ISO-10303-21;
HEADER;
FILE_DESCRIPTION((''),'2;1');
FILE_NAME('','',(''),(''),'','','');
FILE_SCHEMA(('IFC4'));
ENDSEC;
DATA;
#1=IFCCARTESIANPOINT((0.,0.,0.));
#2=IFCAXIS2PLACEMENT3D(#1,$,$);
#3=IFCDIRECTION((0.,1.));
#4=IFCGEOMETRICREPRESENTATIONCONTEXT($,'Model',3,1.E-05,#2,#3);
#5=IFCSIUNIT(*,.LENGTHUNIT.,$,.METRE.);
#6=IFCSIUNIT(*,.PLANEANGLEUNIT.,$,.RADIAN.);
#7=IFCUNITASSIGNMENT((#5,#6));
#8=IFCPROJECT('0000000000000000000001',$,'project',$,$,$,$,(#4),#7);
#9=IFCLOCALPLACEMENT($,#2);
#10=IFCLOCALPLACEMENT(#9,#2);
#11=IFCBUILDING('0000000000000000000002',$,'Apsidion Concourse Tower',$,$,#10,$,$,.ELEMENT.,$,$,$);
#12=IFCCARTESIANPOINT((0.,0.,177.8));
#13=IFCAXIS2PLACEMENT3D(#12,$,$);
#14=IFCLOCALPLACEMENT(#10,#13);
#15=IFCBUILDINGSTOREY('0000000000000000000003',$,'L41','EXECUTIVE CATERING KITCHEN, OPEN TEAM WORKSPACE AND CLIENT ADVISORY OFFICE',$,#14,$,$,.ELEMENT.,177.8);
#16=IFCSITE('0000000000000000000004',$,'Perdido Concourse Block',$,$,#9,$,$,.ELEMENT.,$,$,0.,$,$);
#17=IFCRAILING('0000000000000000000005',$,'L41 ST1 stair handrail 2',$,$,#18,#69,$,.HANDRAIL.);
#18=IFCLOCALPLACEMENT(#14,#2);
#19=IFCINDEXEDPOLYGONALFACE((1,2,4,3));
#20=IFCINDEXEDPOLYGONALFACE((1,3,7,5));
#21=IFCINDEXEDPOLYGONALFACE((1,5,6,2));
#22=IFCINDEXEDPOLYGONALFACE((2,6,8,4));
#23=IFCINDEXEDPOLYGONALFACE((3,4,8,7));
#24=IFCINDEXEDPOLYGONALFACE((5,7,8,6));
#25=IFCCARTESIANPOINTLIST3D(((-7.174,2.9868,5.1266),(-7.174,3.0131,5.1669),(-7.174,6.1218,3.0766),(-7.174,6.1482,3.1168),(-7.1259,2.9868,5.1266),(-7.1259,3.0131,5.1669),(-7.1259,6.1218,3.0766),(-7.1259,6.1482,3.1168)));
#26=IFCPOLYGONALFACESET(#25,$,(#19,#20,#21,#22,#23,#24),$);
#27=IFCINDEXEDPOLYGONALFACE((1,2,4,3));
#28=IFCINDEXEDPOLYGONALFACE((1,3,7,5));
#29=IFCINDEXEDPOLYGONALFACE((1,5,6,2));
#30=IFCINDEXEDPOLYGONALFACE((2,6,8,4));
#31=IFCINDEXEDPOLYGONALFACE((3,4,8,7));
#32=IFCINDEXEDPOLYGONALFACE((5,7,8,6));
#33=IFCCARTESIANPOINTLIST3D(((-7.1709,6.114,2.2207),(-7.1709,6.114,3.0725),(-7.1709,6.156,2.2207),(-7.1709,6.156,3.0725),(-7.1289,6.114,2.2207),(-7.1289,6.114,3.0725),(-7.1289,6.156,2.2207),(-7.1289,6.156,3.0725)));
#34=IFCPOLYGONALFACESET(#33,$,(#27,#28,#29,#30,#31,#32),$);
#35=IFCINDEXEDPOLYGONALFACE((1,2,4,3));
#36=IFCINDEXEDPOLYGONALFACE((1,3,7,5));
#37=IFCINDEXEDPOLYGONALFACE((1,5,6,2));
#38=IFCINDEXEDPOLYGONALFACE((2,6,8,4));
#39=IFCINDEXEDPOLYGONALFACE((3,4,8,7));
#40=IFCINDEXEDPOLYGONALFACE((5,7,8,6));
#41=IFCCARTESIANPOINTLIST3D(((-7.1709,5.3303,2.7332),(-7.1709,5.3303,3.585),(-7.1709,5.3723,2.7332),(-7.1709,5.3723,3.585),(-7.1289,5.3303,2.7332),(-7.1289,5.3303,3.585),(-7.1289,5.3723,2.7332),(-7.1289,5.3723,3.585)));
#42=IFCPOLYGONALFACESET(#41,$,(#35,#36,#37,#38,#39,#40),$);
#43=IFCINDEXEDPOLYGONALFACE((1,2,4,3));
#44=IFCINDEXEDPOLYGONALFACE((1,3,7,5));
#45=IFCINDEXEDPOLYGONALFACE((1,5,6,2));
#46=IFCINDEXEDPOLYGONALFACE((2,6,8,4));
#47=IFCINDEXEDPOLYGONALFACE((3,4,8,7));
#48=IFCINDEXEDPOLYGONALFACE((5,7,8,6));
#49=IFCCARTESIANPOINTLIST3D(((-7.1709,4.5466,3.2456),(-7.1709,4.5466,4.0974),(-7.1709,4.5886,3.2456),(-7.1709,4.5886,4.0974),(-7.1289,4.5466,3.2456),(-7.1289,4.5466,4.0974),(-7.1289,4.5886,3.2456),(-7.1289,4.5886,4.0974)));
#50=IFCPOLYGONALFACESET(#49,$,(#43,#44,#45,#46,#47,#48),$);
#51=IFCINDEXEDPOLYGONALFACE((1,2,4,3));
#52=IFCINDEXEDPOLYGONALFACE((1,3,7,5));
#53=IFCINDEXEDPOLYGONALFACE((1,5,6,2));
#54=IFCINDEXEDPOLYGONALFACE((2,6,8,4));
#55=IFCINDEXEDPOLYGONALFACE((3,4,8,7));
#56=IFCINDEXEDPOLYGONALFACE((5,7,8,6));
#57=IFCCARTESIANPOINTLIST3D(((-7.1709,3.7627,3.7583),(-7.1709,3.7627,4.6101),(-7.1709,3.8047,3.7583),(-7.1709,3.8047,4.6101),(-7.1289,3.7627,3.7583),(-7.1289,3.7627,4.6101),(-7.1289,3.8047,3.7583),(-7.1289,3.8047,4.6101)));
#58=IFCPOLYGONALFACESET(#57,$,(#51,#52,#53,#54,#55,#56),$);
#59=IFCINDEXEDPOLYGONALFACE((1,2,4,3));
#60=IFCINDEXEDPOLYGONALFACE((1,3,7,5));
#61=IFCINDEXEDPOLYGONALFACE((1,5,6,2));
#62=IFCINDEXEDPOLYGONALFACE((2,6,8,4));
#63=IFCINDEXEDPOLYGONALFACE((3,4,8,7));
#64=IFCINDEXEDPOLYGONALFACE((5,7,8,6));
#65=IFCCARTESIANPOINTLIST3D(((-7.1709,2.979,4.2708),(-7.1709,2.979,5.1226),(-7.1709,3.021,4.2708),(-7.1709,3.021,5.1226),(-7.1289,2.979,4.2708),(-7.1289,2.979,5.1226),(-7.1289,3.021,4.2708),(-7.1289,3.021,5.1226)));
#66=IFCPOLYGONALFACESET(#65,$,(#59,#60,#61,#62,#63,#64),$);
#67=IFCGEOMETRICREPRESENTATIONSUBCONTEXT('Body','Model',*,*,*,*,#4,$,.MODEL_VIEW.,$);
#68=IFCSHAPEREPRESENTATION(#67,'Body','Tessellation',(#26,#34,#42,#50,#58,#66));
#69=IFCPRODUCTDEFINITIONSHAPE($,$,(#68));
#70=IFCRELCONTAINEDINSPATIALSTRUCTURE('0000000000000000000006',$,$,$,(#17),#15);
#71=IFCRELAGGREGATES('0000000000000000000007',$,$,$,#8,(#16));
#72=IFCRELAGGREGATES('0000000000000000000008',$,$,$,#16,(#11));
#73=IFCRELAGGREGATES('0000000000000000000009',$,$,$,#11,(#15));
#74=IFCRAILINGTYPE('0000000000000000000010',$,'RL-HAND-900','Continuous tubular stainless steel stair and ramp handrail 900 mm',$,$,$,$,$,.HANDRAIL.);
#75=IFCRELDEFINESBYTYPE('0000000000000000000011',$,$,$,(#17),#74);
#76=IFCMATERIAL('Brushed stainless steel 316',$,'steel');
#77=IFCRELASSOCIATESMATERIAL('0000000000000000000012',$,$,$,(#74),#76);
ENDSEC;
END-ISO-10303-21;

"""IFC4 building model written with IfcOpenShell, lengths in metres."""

from ifc_helpers import new_model, si_unit, direction, frame, origin, origin_2d, place, context, subcontext, project, spatial, rectangle, extrude, material, type_object, element, save


model = new_model("IFC4")

# Units and contexts
model_context = context("Model", 3, precision=1e-05, world=origin(), true_north=direction((0.0, 1.0)))
body_context = subcontext(model_context, "Body", "Model", "MODEL_VIEW")
ifc_project = project(units=[si_unit("LENGTHUNIT", "METRE"), si_unit("PLANEANGLEUNIT", "RADIAN")], contexts=[model_context])

# Site, building, storey
site_placement = place(None, origin())
site = spatial("IfcSite", under=ifc_project, at=site_placement, Name="Perdido Concourse Block", CompositionType="ELEMENT", RefElevation=0.0)
building_placement = place(site_placement, origin())
building = spatial("IfcBuilding", under=site, at=building_placement, Name="Apsidion Concourse Tower", CompositionType="ELEMENT")
storey_placement = place(building_placement, frame((0.0, 0.0, 177.8)))
storey = spatial("IfcBuildingStorey", under=building, at=storey_placement, Name="L41", Description="EXECUTIVE CATERING KITCHEN, OPEN TEAM WORKSPACE AND CLIENT ADVISORY OFFICE", CompositionType="ELEMENT", Elevation=177.8)

# Shared definitions
ifc_material_1 = material(Name="Brushed stainless steel 316", Category="steel")

# Railing
railing_type_1 = type_object("IfcRailingType", Name="RL-HAND-900", Description="Continuous tubular stainless steel stair and ramp handrail 900 mm", PredefinedType="HANDRAIL", material=ifc_material_1)
railing_1_placement = place(storey_placement, frame((-7.1499, 6.135, 2.2207)))
element("IfcRailing", 1, at=railing_1_placement, inside=storey, type_object=railing_type_1, Name="L41 ST1 stair handrail 2", PredefinedType="HANDRAIL", context=body_context, shape_type="SweptSolid", body=[
    extrude(rectangle(XDim=0.0481, YDim=0.0481, at=origin_2d()), frame((0.0, 0.0, 0.876), z_axis=(0.0, -0.836941, 0.547293), x_axis=(1.0, 0.0, 0.0)), (0.0, 0.0, 1.0), 3.7458),
    extrude(rectangle(XDim=0.042, YDim=0.042, at=origin_2d()), origin(), (0.0, 0.0, 1.0), 0.8518),
    extrude(rectangle(XDim=0.042, YDim=0.042, at=origin_2d()), frame((0.0, -0.7837, 0.5125)), (0.0, 0.0, 1.0), 0.8518),
    extrude(rectangle(XDim=0.042, YDim=0.042, at=origin_2d()), frame((0.0, -1.5674, 1.0249)), (0.0, 0.0, 1.0), 0.8518),
    extrude(rectangle(XDim=0.042, YDim=0.042, at=origin_2d()), frame((0.0, -2.3513, 1.5376)), (0.0, 0.0, 1.0), 0.8518),
    extrude(rectangle(XDim=0.042, YDim=0.042, at=origin_2d()), frame((0.0, -3.135, 2.05)), (0.0, 0.0, 1.0), 0.8518),
])

save(model, "model.ifc")
